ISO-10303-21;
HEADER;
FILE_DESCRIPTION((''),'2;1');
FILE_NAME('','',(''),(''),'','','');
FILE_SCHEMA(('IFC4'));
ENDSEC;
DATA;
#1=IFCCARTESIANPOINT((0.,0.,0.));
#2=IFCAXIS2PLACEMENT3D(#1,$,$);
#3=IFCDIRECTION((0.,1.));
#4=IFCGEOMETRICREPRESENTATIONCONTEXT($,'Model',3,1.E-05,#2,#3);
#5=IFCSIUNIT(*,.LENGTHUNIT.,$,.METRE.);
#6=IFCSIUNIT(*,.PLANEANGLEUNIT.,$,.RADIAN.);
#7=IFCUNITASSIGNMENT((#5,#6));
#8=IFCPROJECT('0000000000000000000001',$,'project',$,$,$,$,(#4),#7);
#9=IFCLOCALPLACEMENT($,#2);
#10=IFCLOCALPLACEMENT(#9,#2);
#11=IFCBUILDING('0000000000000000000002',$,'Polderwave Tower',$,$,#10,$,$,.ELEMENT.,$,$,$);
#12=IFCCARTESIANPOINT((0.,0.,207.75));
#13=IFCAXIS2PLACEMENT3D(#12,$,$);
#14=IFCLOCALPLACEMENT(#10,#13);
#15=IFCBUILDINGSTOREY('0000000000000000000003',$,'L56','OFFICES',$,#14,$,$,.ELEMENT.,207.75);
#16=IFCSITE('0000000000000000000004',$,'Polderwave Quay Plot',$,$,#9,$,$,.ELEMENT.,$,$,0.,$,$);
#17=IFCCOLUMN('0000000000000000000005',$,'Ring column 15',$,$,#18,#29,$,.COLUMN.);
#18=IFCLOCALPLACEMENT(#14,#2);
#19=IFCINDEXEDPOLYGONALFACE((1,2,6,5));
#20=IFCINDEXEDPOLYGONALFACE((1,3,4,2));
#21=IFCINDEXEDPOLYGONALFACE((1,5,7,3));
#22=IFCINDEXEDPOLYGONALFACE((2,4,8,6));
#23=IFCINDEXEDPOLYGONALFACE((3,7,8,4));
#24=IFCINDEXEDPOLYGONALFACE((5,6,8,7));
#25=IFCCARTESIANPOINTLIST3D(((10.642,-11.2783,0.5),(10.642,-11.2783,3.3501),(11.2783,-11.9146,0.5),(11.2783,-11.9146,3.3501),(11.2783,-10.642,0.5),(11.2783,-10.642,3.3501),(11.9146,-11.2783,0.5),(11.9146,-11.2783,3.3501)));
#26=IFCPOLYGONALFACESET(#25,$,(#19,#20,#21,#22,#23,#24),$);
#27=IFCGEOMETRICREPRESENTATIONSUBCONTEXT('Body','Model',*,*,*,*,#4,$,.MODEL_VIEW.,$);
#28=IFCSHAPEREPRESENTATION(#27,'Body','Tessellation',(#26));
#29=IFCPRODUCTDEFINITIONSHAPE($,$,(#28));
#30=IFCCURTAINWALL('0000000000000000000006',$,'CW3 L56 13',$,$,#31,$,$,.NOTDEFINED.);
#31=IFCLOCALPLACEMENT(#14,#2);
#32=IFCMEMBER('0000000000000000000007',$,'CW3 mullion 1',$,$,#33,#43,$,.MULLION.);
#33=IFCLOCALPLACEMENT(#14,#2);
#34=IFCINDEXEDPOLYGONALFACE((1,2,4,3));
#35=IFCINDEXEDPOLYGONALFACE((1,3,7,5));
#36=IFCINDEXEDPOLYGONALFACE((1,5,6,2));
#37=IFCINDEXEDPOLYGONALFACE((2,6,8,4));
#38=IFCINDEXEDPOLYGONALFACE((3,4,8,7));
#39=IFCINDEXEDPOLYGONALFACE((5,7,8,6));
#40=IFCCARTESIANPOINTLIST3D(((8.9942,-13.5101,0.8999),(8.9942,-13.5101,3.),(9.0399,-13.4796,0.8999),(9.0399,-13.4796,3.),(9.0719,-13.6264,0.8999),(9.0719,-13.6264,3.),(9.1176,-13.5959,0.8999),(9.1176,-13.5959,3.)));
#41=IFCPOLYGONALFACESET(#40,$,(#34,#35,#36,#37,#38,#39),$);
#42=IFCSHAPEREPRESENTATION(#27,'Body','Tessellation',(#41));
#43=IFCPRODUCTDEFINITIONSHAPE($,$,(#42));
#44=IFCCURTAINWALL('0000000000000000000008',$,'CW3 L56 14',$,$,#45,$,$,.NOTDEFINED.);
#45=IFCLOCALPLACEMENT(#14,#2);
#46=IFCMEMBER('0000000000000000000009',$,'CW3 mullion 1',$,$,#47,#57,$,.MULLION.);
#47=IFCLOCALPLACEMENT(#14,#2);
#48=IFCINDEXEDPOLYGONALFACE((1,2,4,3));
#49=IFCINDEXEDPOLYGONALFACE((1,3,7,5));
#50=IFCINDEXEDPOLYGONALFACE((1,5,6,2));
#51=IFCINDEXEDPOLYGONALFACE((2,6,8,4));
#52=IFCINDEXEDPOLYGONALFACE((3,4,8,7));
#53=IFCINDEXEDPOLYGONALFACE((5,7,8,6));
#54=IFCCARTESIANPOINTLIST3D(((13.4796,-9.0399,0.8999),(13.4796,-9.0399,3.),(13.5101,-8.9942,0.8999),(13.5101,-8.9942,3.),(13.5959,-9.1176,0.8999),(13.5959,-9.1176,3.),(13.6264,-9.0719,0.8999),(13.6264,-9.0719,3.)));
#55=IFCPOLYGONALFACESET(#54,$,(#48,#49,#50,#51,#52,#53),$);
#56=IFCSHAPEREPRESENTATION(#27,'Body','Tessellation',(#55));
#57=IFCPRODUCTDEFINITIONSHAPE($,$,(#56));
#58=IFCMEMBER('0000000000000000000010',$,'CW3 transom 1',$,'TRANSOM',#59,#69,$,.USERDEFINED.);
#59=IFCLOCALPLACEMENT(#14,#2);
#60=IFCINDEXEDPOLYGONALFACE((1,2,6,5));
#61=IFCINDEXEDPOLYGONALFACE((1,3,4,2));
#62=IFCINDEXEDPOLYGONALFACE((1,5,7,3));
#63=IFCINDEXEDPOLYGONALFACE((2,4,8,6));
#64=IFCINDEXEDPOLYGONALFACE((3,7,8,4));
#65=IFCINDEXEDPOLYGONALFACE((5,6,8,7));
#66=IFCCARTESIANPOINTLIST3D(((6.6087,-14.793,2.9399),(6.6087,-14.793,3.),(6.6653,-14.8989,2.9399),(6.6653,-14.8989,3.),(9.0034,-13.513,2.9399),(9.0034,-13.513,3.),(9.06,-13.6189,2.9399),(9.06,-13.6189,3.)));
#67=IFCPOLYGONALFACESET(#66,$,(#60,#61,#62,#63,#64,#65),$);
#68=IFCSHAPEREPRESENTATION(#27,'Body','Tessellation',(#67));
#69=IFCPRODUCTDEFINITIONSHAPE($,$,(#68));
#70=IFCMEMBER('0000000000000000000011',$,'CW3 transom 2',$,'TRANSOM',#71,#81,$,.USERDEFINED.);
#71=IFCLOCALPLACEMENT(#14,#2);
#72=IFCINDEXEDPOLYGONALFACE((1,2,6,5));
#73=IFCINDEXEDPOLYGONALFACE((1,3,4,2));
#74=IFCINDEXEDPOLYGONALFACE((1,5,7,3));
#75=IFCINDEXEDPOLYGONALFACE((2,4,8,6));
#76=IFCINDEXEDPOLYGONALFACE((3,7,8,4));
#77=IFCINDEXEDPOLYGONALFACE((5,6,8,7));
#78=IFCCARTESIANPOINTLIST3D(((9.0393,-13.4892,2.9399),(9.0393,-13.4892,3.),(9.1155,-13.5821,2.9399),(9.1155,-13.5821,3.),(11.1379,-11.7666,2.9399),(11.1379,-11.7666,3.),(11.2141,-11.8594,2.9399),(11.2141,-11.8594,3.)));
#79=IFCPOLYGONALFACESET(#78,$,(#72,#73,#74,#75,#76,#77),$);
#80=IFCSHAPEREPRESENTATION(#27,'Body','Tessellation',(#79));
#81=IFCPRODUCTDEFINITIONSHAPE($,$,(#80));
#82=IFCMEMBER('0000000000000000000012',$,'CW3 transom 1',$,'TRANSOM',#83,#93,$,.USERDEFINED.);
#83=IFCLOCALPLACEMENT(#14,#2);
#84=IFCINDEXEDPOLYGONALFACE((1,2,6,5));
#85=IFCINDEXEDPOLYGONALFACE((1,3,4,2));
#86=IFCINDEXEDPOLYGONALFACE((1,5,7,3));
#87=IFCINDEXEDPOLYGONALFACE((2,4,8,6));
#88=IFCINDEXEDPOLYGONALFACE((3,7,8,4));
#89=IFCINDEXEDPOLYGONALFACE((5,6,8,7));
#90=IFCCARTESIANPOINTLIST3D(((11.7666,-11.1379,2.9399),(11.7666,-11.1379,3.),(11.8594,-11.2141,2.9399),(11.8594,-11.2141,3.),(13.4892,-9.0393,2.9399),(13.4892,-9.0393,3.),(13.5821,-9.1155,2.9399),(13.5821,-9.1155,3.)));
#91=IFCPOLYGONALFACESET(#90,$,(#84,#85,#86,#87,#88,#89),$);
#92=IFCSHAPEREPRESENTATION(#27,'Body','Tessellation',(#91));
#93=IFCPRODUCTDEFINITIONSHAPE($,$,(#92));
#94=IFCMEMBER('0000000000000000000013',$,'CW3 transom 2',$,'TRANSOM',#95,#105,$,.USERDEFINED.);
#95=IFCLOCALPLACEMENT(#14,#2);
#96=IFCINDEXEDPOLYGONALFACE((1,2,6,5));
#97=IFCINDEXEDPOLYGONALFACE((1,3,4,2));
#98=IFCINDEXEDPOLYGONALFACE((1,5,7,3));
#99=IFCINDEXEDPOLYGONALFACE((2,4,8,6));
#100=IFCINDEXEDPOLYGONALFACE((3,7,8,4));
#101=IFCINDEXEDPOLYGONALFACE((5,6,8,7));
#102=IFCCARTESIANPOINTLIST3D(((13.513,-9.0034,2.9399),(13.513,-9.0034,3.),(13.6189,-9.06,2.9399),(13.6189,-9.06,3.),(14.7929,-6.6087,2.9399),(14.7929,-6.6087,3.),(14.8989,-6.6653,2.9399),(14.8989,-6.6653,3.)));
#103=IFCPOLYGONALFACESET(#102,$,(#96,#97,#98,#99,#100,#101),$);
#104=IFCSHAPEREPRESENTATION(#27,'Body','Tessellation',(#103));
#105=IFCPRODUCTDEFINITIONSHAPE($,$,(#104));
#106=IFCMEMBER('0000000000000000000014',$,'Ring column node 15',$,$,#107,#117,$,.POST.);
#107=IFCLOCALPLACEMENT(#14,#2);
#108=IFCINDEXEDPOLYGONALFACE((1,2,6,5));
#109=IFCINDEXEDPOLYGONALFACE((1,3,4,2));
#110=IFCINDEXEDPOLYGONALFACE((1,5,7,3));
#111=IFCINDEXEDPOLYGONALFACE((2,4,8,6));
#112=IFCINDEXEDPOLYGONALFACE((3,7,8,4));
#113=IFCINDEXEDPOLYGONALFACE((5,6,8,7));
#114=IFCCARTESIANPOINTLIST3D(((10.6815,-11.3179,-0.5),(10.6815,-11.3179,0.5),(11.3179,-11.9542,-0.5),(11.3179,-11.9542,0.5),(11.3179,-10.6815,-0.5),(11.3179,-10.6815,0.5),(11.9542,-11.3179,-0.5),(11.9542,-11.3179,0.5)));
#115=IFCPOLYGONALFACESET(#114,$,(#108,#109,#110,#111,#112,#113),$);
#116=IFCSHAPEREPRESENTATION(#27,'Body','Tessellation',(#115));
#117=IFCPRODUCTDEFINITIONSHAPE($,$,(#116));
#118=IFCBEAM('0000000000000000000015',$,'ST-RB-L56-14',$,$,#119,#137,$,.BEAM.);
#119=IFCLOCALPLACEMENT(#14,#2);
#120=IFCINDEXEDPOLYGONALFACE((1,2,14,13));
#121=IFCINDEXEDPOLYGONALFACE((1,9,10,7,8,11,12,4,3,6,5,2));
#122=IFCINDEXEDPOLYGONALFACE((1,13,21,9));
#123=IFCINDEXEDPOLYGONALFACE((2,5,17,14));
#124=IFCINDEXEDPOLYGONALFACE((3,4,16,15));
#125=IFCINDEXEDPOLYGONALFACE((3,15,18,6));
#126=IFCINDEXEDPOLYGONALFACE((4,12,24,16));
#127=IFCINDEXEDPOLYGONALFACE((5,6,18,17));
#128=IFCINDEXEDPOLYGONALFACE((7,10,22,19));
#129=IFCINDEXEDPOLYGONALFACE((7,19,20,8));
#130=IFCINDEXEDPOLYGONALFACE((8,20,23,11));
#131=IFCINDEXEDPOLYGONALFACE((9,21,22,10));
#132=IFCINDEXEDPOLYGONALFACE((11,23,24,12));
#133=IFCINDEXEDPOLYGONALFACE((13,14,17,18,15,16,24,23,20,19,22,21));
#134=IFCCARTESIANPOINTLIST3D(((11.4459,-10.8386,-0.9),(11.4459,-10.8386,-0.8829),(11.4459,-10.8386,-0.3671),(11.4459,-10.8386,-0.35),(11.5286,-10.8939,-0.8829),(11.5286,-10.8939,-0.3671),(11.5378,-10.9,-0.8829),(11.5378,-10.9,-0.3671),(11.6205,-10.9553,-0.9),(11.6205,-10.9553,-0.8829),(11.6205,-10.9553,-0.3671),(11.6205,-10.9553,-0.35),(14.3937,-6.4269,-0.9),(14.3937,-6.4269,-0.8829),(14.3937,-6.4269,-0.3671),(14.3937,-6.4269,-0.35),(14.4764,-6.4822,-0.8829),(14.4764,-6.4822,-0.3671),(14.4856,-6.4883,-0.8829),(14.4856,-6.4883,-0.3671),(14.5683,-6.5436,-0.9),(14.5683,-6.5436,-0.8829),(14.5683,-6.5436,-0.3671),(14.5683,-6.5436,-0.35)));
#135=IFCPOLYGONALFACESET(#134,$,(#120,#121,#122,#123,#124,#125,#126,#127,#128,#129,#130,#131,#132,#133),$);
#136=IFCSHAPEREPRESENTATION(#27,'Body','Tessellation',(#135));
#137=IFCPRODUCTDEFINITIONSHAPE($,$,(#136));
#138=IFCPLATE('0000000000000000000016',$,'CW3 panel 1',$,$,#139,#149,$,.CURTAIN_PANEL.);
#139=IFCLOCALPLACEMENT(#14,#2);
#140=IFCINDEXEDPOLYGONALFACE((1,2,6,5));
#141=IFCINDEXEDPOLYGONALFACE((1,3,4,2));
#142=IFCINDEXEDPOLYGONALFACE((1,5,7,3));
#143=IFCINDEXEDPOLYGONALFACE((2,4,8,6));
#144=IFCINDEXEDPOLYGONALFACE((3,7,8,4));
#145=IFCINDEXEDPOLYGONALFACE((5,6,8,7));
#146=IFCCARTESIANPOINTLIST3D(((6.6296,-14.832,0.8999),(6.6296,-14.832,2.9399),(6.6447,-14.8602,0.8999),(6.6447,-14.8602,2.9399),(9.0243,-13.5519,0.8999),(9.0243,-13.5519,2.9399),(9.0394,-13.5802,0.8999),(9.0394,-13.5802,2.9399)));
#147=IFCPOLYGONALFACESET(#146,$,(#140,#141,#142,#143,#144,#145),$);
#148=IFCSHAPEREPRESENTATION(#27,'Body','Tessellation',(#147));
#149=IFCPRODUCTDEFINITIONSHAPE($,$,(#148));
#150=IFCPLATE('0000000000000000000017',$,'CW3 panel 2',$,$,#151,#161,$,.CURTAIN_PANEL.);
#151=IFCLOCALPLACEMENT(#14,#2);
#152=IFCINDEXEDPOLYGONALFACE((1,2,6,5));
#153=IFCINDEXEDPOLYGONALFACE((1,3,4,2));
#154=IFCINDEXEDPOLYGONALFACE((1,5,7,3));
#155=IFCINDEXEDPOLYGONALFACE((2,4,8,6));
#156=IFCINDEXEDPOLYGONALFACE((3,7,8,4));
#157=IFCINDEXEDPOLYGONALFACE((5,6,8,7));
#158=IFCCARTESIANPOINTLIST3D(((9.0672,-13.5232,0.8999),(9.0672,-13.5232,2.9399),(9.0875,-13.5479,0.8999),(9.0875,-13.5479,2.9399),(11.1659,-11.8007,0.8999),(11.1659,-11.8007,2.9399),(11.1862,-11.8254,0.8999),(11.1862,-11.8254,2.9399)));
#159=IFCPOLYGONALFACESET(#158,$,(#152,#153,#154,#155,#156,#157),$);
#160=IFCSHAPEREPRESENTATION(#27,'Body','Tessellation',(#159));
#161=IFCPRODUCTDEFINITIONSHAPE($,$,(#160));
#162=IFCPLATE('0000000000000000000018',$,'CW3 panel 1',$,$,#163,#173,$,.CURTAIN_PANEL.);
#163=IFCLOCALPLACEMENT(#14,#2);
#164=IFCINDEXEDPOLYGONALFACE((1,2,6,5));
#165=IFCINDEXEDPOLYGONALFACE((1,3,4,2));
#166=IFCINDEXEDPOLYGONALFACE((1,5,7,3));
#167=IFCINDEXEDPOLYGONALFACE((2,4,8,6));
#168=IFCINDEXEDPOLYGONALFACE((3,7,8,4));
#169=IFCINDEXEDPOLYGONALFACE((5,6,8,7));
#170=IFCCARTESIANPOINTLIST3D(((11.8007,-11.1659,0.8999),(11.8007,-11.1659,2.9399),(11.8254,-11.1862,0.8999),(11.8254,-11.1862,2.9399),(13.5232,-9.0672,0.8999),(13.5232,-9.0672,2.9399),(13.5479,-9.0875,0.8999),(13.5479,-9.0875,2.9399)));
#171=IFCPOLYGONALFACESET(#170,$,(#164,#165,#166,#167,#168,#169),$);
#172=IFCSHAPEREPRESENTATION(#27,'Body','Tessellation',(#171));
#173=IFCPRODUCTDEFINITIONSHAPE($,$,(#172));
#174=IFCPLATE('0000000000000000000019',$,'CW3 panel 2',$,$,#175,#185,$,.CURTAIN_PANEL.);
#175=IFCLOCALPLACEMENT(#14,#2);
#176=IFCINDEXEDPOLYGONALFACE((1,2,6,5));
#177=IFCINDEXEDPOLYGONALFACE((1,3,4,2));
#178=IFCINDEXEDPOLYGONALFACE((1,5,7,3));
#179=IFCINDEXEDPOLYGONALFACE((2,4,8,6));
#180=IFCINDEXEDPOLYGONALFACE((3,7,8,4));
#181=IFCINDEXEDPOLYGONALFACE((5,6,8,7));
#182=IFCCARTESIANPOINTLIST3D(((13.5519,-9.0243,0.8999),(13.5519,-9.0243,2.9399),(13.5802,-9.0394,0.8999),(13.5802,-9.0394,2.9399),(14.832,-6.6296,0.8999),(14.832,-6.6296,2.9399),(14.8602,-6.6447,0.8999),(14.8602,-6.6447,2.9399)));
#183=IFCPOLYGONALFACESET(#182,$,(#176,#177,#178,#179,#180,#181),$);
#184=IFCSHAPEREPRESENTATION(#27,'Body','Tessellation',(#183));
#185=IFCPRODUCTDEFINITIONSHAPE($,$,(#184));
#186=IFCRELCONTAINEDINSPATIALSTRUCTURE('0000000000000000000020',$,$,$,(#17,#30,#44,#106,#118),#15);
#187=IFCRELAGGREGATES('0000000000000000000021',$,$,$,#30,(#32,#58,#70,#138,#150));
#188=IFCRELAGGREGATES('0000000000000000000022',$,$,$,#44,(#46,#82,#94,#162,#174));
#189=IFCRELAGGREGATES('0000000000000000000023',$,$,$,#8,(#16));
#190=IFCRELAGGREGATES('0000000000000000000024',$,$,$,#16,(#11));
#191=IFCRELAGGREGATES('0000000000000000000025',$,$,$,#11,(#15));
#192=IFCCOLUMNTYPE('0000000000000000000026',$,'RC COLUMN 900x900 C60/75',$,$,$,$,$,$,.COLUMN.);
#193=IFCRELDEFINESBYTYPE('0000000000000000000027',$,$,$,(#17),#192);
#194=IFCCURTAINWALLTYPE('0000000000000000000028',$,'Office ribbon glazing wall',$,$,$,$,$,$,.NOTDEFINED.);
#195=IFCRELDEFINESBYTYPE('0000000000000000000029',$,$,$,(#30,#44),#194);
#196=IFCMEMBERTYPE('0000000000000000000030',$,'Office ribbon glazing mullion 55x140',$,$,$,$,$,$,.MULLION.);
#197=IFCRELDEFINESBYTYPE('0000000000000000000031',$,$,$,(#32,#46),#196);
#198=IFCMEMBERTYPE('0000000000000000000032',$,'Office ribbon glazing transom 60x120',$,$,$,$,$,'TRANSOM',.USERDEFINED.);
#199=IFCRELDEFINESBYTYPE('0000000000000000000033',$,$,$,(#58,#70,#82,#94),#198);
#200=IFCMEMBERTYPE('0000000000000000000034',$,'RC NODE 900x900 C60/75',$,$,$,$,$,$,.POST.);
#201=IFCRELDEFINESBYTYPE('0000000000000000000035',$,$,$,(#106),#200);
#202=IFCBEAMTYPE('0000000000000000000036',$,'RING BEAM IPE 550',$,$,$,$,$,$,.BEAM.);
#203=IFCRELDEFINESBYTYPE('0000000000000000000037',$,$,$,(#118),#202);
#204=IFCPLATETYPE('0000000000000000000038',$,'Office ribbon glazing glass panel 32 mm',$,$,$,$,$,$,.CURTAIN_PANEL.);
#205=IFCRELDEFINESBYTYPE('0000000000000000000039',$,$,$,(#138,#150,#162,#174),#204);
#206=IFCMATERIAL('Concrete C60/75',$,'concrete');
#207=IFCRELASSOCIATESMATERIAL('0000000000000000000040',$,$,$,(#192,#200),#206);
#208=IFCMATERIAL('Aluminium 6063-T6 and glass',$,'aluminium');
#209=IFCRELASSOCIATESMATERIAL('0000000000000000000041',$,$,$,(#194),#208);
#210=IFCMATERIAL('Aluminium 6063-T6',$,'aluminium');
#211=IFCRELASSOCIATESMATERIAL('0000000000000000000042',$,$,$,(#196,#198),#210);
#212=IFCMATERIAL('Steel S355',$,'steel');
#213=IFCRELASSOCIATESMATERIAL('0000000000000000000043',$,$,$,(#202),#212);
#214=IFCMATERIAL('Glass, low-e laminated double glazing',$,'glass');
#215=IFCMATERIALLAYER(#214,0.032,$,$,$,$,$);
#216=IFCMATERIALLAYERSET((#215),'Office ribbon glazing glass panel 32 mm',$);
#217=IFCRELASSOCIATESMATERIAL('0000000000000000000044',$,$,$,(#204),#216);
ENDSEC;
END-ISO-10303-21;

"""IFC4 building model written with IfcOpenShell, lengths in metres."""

from ifc_helpers import new_model, si_unit, direction, frame, origin, origin_2d, place, context, subcontext, project, spatial, rectangle, i_section, extrude, material, layer, layer_set, material_profile, profile_set, type_object, element, aggregate, save


model = new_model("IFC4")

# Units and contexts
model_context = context("Model", 3, precision=1e-05, world=origin(), true_north=direction((0.0, 1.0)))
body_context = subcontext(model_context, "Body", "Model", "MODEL_VIEW")
ifc_project = project(units=[si_unit("LENGTHUNIT", "METRE"), si_unit("PLANEANGLEUNIT", "RADIAN")], contexts=[model_context])

# Site, building, storey
site_placement = place(None, origin())
site = spatial("IfcSite", under=ifc_project, at=site_placement, Name="Polderwave Quay Plot", CompositionType="ELEMENT", RefElevation=0.0)
building_placement = place(site_placement, origin())
building = spatial("IfcBuilding", under=site, at=building_placement, Name="Polderwave Tower", CompositionType="ELEMENT")
storey_placement = place(building_placement, frame((0.0, 0.0, 207.75)))
storey = spatial("IfcBuildingStorey", under=building, at=storey_placement, Name="L56", Description="OFFICES", CompositionType="ELEMENT", Elevation=207.75)

# Column
ifc_material_1 = material(Name="Concrete C60/75", Category="concrete")
ifc_material_profile_1 = material_profile(ifc_material_1, rectangle(XDim=0.8999, YDim=0.8999, at=origin_2d()), Name="RC 900x900")
ifc_profile_set_1 = profile_set([ifc_material_profile_1], Name="Concrete C60/75")
column_type = type_object("IfcColumnType", Name="RC COLUMN 900x900 C60/75", PredefinedType="COLUMN", material=ifc_profile_set_1)
column_placement = place(storey_placement, frame((11.2783, -11.2783, 0.5), z_axis=(0.0, 0.0, 1.0), x_axis=(0.707107, -0.707107, 0.0)))
element("IfcColumn", 1, at=column_placement, inside=storey, type_object=column_type, Name="Ring column 15", PredefinedType="COLUMN", context=body_context, shape_type="SweptSolid", body=[
    extrude(rectangle(XDim=0.8999, YDim=0.8999, at=origin_2d()), origin(), (0.0, 0.0, 1.0), 2.8501),
])

# Curtain walls, members
ifc_material_2 = material(Name="Aluminium 6063-T6 and glass", Category="aluminium")
curtain_wall_type = type_object("IfcCurtainWallType", Name="Office ribbon glazing wall", PredefinedType="NOTDEFINED", material=ifc_material_2)
curtain_wall_1_placement = place(storey_placement, origin())
curtain_wall_1 = element("IfcCurtainWall", 2, at=curtain_wall_1_placement, inside=storey, type_object=curtain_wall_type, Name="CW3 L56 13", PredefinedType="NOTDEFINED")
ifc_material_3 = material(Name="Aluminium 6063-T6", Category="aluminium")
ifc_material_profile_2 = material_profile(ifc_material_3, rectangle(XDim=0.1399, YDim=0.0549, at=origin_2d()), Name="AL 55x140")
ifc_profile_set_2 = profile_set([ifc_material_profile_2], Name="Aluminium 6063-T6")
member_type_1 = type_object("IfcMemberType", Name="Office ribbon glazing mullion 55x140", PredefinedType="MULLION", material=ifc_profile_set_2)
member_1_placement = place(storey_placement, frame((9.0559, -13.553, 0.8999), z_axis=(0.0, 0.0, 1.0), x_axis=(-0.555592, 0.831455, 0.0)))
member_1 = element("IfcMember", 3, at=member_1_placement, type_object=member_type_1, Name="CW3 mullion 1", PredefinedType="MULLION", context=body_context, shape_type="SweptSolid", body=[
    extrude(rectangle(XDim=0.1399, YDim=0.0549, at=origin_2d()), origin(), (0.0, 0.0, 1.0), 2.1001),
])
curtain_wall_2_placement = place(storey_placement, origin())
curtain_wall_2 = element("IfcCurtainWall", 4, at=curtain_wall_2_placement, inside=storey, type_object=curtain_wall_type, Name="CW3 L56 14", PredefinedType="NOTDEFINED")
member_2_placement = place(storey_placement, frame((13.553, -9.0559, 0.8999), z_axis=(0.0, 0.0, 1.0), x_axis=(-0.831455, 0.555592, 0.0)))
member_2 = element("IfcMember", 5, at=member_2_placement, type_object=member_type_1, Name="CW3 mullion 1", PredefinedType="MULLION", context=body_context, shape_type="SweptSolid", body=[
    extrude(rectangle(XDim=0.1399, YDim=0.0549, at=origin_2d()), origin(), (0.0, 0.0, 1.0), 2.1001),
])

# Members
ifc_material_profile_3 = material_profile(ifc_material_3, rectangle(XDim=0.1201, YDim=0.0601, at=origin_2d()), Name="AL 60x120")
ifc_profile_set_3 = profile_set([ifc_material_profile_3], Name="Aluminium 6063-T6")
member_type_2 = type_object("IfcMemberType", Name="Office ribbon glazing transom 60x120", ElementType="TRANSOM", PredefinedType="USERDEFINED", material=ifc_profile_set_3)
member_3_placement = place(storey_placement, frame((6.637, -14.8459, 2.97), z_axis=(0.881922, 0.471395, 0.0), x_axis=(-0.471395, 0.881922, 0.0)))
member_3 = element("IfcMember", 6, at=member_3_placement, type_object=member_type_2, Name="CW3 transom 1", ObjectType="TRANSOM", PredefinedType="USERDEFINED", context=body_context, shape_type="SweptSolid", body=[
    extrude(rectangle(XDim=0.1201, YDim=0.0601, at=origin_2d()), origin(), (0.0, 0.0, 1.0), 2.7153),
])
member_4_placement = place(storey_placement, frame((9.0774, -13.5356, 2.97), z_axis=(0.772947, 0.634471, 0.0), x_axis=(-0.634471, 0.772947, 0.0)))
member_4 = element("IfcMember", 7, at=member_4_placement, type_object=member_type_2, Name="CW3 transom 2", ObjectType="TRANSOM", PredefinedType="USERDEFINED", context=body_context, shape_type="SweptSolid", body=[
    extrude(rectangle(XDim=0.1201, YDim=0.0601, at=origin_2d()), origin(), (0.0, 0.0, 1.0), 2.7151),
])
member_5_placement = place(storey_placement, frame((11.813, -11.176, 2.97), z_axis=(0.634471, 0.772947, 0.0), x_axis=(-0.772947, 0.634471, 0.0)))
member_5 = element("IfcMember", 8, at=member_5_placement, type_object=member_type_2, Name="CW3 transom 1", ObjectType="TRANSOM", PredefinedType="USERDEFINED", context=body_context, shape_type="SweptSolid", body=[
    extrude(rectangle(XDim=0.1201, YDim=0.0601, at=origin_2d()), origin(), (0.0, 0.0, 1.0), 2.7151),
])
member_6_placement = place(storey_placement, frame((13.5659, -9.0317, 2.97), z_axis=(0.471395, 0.881922, 0.0), x_axis=(-0.881922, 0.471395, 0.0)))
member_6 = element("IfcMember", 9, at=member_6_placement, type_object=member_type_2, Name="CW3 transom 2", ObjectType="TRANSOM", PredefinedType="USERDEFINED", context=body_context, shape_type="SweptSolid", body=[
    extrude(rectangle(XDim=0.1201, YDim=0.0601, at=origin_2d()), origin(), (0.0, 0.0, 1.0), 2.7153),
])
ifc_material_profile_4 = material_profile(ifc_material_1, rectangle(XDim=0.8999, YDim=0.8999, at=origin_2d()), Name="RC 900x900")
ifc_profile_set_4 = profile_set([ifc_material_profile_4], Name="Concrete C60/75")
member_type_3 = type_object("IfcMemberType", Name="RC NODE 900x900 C60/75", PredefinedType="POST", material=ifc_profile_set_4)
member_7_placement = place(storey_placement, frame((11.3179, -11.3179, -0.5), z_axis=(0.0, 0.0, 1.0), x_axis=(0.707107, -0.707107, 0.0)))
element("IfcMember", 10, at=member_7_placement, inside=storey, type_object=member_type_3, Name="Ring column node 15", PredefinedType="POST", context=body_context, shape_type="SweptSolid", body=[
    extrude(rectangle(XDim=0.8999, YDim=0.8999, at=origin_2d()), origin(), (0.0, 0.0, 1.0), 1.0),
])

# Beam
ifc_material_4 = material(Name="Steel S355", Category="steel")
ifc_material_profile_5 = material_profile(ifc_material_4, i_section(OverallWidth=0.21, OverallDepth=0.55, WebThickness=0.011, FlangeThickness=0.0171, at=origin_2d()), Name="IPE 550")
ifc_profile_set_5 = profile_set([ifc_material_profile_5], Name="Steel S355")
beam_type = type_object("IfcBeamType", Name="RING BEAM IPE 550", PredefinedType="BEAM", material=ifc_profile_set_5)
beam_placement = place(storey_placement, frame((11.5332, -10.897, -0.625), z_axis=(0.555571, 0.831469, 0.0), x_axis=(-0.831469, 0.555571, 0.0)))
element("IfcBeam", 11, at=beam_placement, inside=storey, type_object=beam_type, Name="ST-RB-L56-14", PredefinedType="BEAM", context=body_context, shape_type="SweptSolid", body=[
    extrude(i_section(OverallWidth=0.21, OverallDepth=0.55, WebThickness=0.011, FlangeThickness=0.0171, at=origin_2d()), origin(), (0.0, 0.0, 1.0), 5.3059),
])

# Plates
ifc_material_5 = material(Name="Glass, low-e laminated double glazing", Category="glass")
ifc_layer_1 = layer(ifc_material_5, 0.032)
ifc_layer_set_1 = layer_set([ifc_layer_1], Name="Office ribbon glazing glass panel 32 mm")
plate_type = type_object("IfcPlateType", Name="Office ribbon glazing glass panel 32 mm", PredefinedType="CURTAIN_PANEL", material=ifc_layer_set_1)
plate_1_placement = place(storey_placement, frame((7.8345, -14.2061, 0.8999), z_axis=(0.0, 0.0, 1.0), x_axis=(0.881919, 0.471401, 0.0)))
plate_1 = element("IfcPlate", 12, at=plate_1_placement, type_object=plate_type, Name="CW3 panel 1", PredefinedType="CURTAIN_PANEL", context=body_context, shape_type="SweptSolid", body=[
    extrude(rectangle(XDim=2.7153, YDim=0.032, at=origin_2d()), origin(), (0.0, 0.0, 1.0), 2.04),
])
plate_2_placement = place(storey_placement, frame((10.1267, -12.6743, 0.8999), z_axis=(0.0, 0.0, 1.0), x_axis=(0.772982, 0.634428, 0.0)))
plate_2 = element("IfcPlate", 13, at=plate_2_placement, type_object=plate_type, Name="CW3 panel 2", PredefinedType="CURTAIN_PANEL", context=body_context, shape_type="SweptSolid", body=[
    extrude(rectangle(XDim=2.7151, YDim=0.032, at=origin_2d()), origin(), (0.0, 0.0, 1.0), 2.04),
])
aggregate(curtain_wall_1, [member_1, member_3, member_4, plate_1, plate_2])
plate_3_placement = place(storey_placement, frame((12.6743, -10.1267, 0.8999), z_axis=(0.0, 0.0, 1.0), x_axis=(0.634428, 0.772982, 0.0)))
plate_3 = element("IfcPlate", 14, at=plate_3_placement, type_object=plate_type, Name="CW3 panel 1", PredefinedType="CURTAIN_PANEL", context=body_context, shape_type="SweptSolid", body=[
    extrude(rectangle(XDim=2.7151, YDim=0.032, at=origin_2d()), origin(), (0.0, 0.0, 1.0), 2.04),
])
plate_4_placement = place(storey_placement, frame((14.2061, -7.8345, 0.8999), z_axis=(0.0, 0.0, 1.0), x_axis=(0.471401, 0.881919, 0.0)))
plate_4 = element("IfcPlate", 15, at=plate_4_placement, type_object=plate_type, Name="CW3 panel 2", PredefinedType="CURTAIN_PANEL", context=body_context, shape_type="SweptSolid", body=[
    extrude(rectangle(XDim=2.7153, YDim=0.032, at=origin_2d()), origin(), (0.0, 0.0, 1.0), 2.04),
])
aggregate(curtain_wall_2, [member_2, member_5, member_6, plate_3, plate_4])

save(model, "model.ifc")
